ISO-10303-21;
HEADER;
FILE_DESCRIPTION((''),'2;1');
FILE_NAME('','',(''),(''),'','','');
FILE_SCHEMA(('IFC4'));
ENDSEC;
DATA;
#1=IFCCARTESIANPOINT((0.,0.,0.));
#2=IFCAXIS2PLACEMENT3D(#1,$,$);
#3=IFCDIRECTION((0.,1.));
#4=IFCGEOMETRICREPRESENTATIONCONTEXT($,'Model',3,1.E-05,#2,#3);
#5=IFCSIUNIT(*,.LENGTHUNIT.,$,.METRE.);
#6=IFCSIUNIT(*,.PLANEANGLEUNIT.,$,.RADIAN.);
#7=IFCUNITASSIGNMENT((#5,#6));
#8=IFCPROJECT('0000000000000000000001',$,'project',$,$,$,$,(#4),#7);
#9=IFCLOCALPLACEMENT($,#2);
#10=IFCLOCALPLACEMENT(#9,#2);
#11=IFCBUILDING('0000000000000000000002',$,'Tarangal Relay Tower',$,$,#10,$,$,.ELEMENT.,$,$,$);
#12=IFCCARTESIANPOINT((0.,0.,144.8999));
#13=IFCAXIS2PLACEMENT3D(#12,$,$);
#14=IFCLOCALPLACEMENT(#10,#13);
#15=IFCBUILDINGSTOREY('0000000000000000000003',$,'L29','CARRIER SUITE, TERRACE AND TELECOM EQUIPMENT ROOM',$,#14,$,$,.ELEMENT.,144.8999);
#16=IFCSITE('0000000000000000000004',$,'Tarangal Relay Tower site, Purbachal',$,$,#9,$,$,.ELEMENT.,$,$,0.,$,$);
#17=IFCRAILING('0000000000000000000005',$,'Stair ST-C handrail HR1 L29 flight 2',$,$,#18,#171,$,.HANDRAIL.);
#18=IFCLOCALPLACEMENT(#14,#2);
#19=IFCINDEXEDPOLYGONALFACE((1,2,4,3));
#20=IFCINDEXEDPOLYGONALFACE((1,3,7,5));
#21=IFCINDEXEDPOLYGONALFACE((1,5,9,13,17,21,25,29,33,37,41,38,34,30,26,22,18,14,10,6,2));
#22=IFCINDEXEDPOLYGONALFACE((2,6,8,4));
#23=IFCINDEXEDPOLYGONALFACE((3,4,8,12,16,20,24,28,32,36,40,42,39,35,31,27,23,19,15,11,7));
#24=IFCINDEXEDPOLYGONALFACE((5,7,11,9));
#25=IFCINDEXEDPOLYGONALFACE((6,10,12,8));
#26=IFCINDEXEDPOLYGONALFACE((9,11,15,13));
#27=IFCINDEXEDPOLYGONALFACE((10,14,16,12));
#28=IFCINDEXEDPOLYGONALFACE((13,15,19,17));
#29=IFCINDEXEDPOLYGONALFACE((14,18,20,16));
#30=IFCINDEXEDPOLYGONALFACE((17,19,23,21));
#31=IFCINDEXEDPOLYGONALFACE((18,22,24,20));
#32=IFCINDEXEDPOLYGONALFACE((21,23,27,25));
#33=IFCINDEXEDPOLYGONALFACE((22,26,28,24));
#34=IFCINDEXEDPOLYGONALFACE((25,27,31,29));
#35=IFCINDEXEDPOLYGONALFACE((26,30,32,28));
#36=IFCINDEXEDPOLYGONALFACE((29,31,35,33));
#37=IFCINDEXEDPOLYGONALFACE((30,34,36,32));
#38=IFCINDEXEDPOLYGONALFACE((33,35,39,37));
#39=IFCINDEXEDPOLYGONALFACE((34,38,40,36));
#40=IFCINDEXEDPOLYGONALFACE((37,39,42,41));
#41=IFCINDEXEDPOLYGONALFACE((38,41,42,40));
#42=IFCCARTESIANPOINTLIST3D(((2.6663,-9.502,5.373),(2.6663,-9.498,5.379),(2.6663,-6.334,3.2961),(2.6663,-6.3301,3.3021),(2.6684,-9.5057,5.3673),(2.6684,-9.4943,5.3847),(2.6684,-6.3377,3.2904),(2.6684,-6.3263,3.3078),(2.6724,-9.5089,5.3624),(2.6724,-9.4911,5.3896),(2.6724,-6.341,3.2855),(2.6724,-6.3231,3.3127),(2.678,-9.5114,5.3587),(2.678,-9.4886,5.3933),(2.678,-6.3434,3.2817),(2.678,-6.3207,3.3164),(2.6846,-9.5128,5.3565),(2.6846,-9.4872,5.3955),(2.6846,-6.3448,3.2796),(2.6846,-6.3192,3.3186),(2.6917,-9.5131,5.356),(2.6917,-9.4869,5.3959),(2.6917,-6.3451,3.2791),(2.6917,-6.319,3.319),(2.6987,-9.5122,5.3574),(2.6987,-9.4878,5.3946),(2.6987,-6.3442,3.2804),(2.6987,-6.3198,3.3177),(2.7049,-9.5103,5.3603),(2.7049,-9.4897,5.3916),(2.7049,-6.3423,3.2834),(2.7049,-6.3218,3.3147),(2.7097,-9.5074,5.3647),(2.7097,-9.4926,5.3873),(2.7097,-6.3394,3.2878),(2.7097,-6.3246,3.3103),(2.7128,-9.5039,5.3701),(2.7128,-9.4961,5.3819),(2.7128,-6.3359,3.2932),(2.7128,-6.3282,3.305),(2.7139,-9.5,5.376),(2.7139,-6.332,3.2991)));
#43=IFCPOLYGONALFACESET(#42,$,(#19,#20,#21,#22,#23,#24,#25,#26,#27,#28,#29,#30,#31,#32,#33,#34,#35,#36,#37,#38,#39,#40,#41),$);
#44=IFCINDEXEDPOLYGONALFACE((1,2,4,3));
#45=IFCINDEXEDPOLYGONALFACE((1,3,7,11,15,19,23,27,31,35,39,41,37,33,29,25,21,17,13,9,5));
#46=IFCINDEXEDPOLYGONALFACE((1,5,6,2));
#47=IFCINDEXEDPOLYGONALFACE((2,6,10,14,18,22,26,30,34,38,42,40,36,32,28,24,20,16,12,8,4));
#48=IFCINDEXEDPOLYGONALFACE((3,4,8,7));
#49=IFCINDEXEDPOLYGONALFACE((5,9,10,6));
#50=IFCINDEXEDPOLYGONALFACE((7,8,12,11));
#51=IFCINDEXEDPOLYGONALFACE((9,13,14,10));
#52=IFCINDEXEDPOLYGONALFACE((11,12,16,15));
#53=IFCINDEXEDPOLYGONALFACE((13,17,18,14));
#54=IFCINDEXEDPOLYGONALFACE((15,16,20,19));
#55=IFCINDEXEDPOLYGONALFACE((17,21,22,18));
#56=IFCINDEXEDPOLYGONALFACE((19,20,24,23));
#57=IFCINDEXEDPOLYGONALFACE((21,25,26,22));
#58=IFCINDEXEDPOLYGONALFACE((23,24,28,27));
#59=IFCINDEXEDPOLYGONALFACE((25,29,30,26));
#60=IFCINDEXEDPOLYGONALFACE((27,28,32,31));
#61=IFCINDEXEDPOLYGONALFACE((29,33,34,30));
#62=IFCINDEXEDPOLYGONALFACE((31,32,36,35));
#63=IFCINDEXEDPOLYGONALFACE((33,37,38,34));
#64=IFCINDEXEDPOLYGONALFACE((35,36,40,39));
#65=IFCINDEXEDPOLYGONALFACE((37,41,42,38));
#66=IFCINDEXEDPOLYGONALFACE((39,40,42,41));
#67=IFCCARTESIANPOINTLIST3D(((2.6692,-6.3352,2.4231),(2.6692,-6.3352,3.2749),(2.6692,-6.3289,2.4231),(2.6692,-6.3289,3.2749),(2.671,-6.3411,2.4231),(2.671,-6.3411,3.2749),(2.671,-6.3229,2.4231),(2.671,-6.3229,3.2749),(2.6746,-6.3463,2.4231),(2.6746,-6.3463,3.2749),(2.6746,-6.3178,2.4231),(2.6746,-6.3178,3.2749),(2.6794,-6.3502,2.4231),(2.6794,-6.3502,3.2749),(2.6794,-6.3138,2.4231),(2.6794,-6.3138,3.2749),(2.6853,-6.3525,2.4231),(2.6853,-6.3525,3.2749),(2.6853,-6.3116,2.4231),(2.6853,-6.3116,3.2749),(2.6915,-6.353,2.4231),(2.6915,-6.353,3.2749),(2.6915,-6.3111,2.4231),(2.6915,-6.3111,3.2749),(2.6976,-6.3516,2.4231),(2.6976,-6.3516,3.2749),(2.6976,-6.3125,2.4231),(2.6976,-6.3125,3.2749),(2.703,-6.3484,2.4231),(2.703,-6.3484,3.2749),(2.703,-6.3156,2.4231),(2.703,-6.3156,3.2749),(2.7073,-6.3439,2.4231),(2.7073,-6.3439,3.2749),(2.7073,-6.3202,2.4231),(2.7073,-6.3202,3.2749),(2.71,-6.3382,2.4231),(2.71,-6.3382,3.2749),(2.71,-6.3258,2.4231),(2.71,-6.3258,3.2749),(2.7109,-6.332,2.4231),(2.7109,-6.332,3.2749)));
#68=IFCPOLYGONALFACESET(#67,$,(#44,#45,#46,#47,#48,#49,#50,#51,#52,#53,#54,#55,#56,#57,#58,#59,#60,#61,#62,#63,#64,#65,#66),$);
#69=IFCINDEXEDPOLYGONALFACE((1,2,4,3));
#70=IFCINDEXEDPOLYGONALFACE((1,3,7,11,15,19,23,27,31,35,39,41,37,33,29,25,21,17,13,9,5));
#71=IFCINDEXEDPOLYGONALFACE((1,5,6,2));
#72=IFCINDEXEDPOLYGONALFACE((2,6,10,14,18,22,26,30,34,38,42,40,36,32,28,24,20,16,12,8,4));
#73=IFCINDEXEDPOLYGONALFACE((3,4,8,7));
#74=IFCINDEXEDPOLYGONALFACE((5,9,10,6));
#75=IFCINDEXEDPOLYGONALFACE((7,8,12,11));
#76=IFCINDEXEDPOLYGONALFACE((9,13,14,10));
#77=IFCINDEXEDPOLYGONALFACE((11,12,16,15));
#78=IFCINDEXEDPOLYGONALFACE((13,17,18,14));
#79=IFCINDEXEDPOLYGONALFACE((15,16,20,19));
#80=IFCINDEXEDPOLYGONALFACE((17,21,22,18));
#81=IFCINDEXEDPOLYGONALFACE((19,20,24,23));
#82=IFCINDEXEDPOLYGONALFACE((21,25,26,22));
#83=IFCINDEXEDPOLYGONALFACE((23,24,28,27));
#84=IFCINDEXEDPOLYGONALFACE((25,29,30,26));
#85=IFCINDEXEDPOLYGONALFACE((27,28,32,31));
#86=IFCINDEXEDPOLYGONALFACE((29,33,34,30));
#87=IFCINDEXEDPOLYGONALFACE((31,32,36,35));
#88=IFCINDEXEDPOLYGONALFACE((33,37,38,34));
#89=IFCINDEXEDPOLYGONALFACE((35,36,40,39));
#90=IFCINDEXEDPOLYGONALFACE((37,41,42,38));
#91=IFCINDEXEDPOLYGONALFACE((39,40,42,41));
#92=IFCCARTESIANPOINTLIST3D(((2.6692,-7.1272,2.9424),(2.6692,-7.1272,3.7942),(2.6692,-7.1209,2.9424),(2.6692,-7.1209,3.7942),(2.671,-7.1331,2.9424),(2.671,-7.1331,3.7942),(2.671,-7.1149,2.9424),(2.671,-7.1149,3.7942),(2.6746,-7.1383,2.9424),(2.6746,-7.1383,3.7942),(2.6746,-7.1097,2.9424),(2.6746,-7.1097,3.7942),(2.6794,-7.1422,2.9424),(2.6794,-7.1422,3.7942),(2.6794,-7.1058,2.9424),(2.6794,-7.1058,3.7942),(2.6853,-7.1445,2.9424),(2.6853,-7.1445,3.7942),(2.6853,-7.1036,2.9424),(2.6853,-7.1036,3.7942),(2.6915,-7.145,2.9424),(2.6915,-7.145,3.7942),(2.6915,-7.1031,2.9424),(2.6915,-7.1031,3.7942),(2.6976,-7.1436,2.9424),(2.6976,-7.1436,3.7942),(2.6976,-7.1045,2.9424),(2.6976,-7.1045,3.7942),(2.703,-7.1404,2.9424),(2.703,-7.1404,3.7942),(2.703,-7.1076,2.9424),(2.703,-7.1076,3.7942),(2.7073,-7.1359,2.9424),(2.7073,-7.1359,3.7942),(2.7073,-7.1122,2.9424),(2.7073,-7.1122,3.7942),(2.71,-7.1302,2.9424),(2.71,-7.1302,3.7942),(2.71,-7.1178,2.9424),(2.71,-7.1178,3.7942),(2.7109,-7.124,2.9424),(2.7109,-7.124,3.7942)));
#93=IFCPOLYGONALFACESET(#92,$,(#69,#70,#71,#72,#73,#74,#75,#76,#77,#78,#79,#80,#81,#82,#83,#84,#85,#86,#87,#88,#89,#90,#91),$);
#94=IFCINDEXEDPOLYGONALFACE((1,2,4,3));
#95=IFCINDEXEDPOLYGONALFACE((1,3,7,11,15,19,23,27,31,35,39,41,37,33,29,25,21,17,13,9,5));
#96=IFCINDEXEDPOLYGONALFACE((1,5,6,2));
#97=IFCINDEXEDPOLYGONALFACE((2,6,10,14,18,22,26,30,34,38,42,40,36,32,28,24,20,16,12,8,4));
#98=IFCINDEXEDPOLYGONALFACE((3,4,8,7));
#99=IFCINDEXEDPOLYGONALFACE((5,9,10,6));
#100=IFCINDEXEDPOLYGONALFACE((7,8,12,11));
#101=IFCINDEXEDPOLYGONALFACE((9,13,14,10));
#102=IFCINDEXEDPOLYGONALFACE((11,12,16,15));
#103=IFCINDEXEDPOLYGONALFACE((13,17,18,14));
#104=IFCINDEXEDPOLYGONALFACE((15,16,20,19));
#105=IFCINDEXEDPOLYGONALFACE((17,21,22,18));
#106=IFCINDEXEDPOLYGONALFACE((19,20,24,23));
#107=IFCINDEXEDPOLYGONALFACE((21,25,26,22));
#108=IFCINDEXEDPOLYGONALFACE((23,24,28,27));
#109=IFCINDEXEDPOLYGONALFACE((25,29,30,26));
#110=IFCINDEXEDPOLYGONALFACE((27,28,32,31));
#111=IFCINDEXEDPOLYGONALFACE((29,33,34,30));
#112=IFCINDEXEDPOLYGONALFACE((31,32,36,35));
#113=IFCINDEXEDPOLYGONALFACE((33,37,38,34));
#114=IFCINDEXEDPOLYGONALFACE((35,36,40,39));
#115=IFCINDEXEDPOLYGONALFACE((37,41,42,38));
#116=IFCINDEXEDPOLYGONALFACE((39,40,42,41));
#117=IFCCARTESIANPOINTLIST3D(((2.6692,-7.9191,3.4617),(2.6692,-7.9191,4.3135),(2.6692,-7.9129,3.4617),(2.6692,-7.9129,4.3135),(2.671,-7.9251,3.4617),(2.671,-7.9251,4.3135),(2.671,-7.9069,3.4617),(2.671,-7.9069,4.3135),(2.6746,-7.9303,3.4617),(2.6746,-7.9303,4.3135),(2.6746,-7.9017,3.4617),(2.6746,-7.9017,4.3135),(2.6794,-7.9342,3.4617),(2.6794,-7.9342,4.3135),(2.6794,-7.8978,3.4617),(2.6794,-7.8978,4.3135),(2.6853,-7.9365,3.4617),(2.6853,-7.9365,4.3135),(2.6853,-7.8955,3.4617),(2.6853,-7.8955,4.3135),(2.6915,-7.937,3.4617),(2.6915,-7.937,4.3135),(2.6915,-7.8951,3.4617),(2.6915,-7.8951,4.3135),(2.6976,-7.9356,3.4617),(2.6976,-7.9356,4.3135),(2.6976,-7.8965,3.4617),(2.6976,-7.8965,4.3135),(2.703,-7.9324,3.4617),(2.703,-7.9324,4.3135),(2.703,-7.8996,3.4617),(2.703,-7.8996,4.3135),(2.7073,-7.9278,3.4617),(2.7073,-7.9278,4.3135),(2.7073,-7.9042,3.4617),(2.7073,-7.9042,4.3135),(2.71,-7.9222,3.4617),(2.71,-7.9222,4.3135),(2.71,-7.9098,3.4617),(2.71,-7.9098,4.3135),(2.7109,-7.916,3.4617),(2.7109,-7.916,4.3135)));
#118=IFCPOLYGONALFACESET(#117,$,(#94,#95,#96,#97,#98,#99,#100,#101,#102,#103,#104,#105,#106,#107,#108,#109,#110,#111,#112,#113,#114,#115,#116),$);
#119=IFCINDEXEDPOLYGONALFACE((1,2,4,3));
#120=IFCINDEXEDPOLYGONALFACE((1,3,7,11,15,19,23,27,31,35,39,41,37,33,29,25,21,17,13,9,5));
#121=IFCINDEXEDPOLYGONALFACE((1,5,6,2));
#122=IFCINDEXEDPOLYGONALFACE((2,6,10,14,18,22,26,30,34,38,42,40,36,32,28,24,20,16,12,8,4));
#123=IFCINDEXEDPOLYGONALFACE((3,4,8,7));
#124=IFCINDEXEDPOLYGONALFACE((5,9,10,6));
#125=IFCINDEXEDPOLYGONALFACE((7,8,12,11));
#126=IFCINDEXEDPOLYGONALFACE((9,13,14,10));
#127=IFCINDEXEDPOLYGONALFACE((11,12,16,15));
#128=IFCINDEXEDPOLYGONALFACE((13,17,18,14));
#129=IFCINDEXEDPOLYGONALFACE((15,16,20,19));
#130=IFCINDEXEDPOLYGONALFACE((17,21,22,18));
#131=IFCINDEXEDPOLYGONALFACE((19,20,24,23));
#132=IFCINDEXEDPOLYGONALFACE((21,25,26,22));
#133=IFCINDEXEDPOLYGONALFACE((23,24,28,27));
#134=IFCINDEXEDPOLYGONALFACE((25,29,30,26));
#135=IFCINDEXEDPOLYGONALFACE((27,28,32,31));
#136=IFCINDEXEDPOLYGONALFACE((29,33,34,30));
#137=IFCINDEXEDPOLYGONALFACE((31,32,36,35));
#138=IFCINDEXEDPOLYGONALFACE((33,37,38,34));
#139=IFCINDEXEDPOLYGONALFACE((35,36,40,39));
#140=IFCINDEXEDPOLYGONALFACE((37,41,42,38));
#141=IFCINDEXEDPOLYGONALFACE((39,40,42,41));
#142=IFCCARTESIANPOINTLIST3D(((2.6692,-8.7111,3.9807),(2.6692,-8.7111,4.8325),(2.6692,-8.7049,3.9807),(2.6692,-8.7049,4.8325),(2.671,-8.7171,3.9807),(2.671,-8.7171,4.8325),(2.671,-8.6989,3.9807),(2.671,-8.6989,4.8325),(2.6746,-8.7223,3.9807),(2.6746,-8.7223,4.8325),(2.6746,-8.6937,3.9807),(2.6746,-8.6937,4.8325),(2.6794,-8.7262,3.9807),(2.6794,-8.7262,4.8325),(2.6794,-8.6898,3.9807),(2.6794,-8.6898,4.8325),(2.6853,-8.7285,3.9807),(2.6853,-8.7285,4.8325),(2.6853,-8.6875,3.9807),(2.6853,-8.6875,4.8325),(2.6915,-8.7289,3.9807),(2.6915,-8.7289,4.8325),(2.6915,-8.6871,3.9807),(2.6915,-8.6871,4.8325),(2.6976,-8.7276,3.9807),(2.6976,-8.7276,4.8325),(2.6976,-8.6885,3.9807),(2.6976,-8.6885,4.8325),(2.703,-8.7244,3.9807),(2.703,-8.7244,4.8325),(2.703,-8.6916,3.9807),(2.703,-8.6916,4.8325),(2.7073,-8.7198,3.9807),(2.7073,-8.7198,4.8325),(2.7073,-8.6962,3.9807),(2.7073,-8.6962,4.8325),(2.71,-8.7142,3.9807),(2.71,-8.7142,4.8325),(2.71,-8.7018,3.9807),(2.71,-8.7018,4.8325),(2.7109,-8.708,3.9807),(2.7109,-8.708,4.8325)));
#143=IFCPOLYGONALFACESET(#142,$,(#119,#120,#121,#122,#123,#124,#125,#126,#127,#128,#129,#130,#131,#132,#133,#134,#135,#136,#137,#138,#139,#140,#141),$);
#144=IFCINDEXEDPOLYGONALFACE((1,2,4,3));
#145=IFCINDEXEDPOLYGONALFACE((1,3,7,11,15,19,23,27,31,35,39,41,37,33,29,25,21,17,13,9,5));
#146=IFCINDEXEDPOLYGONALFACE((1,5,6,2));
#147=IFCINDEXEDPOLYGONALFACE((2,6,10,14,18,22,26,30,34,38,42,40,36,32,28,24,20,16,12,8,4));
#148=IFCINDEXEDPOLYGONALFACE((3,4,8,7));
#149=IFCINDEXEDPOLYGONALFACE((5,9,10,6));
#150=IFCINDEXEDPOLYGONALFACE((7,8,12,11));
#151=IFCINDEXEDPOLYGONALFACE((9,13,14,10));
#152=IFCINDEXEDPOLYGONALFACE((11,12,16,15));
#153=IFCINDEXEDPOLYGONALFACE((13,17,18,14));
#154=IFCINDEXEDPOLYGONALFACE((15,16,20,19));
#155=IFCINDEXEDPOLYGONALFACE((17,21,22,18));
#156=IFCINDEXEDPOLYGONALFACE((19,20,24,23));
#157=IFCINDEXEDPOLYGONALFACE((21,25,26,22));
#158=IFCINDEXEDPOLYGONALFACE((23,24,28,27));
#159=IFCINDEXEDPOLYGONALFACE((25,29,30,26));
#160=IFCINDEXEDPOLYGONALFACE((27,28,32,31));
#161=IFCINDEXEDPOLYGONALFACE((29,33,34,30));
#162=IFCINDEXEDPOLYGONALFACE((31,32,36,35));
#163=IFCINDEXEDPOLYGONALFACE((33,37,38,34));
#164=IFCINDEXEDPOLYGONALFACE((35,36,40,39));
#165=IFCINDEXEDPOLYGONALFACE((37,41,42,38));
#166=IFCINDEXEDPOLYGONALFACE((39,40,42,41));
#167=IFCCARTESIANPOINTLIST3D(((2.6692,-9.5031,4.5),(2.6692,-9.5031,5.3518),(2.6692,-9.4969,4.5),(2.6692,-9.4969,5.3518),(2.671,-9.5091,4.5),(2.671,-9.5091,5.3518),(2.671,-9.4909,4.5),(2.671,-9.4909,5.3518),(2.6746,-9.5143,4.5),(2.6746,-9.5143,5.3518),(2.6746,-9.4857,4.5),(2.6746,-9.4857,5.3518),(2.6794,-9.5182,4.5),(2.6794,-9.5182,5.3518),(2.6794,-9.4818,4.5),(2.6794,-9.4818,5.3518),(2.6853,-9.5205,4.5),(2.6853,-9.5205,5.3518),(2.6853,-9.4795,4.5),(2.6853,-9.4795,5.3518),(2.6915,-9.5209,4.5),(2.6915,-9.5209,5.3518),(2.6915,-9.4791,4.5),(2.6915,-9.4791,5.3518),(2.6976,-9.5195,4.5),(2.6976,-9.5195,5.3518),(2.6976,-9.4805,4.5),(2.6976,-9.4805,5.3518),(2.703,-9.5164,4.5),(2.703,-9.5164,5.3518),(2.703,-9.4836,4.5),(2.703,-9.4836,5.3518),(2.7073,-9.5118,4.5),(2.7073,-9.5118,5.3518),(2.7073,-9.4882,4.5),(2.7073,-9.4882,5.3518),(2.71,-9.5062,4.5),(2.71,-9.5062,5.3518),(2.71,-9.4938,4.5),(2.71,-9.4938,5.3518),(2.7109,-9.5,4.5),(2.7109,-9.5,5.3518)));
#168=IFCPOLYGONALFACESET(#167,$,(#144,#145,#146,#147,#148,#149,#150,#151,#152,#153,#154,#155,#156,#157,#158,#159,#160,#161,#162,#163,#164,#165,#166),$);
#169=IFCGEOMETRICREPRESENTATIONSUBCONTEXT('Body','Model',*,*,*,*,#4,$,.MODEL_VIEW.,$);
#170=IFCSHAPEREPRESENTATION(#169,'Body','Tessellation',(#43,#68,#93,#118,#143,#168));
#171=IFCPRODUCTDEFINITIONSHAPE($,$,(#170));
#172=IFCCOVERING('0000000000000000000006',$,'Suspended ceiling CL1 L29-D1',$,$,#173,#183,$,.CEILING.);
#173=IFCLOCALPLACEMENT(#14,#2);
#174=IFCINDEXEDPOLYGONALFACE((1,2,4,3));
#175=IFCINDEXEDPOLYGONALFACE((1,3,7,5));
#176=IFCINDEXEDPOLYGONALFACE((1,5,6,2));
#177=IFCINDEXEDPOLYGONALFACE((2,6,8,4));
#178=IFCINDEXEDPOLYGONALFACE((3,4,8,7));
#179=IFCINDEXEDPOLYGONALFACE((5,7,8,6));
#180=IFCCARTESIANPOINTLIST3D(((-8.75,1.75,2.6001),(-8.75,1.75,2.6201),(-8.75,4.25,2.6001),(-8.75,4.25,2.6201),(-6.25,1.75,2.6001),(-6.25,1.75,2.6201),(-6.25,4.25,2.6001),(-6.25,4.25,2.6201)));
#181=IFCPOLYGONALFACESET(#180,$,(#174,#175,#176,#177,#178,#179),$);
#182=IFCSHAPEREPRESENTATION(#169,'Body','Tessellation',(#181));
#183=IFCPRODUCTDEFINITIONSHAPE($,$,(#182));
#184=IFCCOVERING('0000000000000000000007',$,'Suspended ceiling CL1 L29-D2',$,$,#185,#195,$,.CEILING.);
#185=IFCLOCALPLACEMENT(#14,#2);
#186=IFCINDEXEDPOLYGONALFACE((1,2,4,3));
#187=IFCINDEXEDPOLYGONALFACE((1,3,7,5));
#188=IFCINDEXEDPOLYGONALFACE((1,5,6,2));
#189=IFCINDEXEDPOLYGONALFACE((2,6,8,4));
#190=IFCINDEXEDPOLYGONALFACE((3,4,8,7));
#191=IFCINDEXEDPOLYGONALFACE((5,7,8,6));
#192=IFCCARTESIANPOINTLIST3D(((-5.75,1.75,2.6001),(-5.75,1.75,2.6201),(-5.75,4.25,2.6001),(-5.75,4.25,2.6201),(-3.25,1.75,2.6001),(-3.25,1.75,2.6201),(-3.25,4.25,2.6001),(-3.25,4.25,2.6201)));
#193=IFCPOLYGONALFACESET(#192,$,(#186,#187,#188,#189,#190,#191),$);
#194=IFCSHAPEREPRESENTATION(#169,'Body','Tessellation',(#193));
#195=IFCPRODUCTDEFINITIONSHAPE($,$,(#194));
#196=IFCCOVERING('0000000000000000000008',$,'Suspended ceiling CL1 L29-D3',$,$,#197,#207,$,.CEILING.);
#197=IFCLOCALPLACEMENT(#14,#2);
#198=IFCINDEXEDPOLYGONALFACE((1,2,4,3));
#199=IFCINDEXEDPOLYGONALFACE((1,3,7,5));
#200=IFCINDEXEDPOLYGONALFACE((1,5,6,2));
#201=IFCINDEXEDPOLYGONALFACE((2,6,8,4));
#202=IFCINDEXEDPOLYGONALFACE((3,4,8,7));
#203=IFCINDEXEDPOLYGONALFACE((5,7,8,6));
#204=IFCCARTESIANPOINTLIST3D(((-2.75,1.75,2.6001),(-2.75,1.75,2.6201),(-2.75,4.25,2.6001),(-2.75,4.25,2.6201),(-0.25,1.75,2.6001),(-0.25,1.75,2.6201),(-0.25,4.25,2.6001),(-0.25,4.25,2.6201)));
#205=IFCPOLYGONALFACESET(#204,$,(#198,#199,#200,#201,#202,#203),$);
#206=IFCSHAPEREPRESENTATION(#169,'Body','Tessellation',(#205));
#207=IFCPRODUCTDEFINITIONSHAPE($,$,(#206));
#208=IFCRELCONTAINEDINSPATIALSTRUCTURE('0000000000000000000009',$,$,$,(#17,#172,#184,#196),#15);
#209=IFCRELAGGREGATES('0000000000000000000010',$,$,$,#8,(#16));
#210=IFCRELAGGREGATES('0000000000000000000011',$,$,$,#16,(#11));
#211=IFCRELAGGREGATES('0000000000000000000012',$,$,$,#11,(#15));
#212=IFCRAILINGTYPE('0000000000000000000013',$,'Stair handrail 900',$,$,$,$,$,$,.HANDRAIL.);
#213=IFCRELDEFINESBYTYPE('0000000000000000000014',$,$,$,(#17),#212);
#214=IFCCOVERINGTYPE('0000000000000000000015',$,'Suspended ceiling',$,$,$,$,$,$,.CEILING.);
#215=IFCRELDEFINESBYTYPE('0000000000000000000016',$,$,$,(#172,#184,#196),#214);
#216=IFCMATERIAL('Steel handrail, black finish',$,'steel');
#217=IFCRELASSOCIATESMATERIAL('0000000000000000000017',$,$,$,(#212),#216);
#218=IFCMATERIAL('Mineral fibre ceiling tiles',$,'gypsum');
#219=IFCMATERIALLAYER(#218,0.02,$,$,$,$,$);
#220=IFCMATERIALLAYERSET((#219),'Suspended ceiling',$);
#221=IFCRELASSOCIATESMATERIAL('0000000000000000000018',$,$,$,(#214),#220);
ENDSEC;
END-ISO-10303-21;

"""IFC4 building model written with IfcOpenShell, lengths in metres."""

from ifc_helpers import new_model, si_unit, direction, frame, origin, origin_2d, place, context, subcontext, project, spatial, polyline, circle, outline, extrude, material, layer, layer_set, type_object, element, save


model = new_model("IFC4")

# Units and contexts
model_context = context("Model", 3, precision=1e-05, world=origin(), true_north=direction((0.0, 1.0)))
body_context = subcontext(model_context, "Body", "Model", "MODEL_VIEW")
ifc_project = project(units=[si_unit("LENGTHUNIT", "METRE"), si_unit("PLANEANGLEUNIT", "RADIAN")], contexts=[model_context])

# Site, building, storey
site_placement = place(None, origin())
site = spatial("IfcSite", under=ifc_project, at=site_placement, Name="Tarangal Relay Tower site, Purbachal", CompositionType="ELEMENT", RefElevation=0.0)
building_placement = place(site_placement, origin())
building = spatial("IfcBuilding", under=site, at=building_placement, Name="Tarangal Relay Tower", CompositionType="ELEMENT")
storey_placement = place(building_placement, frame((0.0, 0.0, 144.8999)))
storey = spatial("IfcBuildingStorey", under=building, at=storey_placement, Name="L29", Description="CARRIER SUITE, TERRACE AND TELECOM EQUIPMENT ROOM", CompositionType="ELEMENT", Elevation=144.8999)

# Railing
ifc_material_1 = material(Name="Steel handrail, black finish", Category="steel")
railing_type_1 = type_object("IfcRailingType", Name="Stair handrail 900", PredefinedType="HANDRAIL", material=ifc_material_1)
railing_1_placement = place(storey_placement, frame((2.6899, -6.332, 2.4231)))
element("IfcRailing", 1, at=railing_1_placement, inside=storey, type_object=railing_type_1, Name="Stair ST-C handrail HR1 L29 flight 2", PredefinedType="HANDRAIL", context=body_context, shape_type="SweptSolid", body=[
    extrude(circle(Radius=0.0239, at=origin_2d()), frame((0.0, 0.0, 0.876), z_axis=(0.0, -0.836299, 0.548273), x_axis=(1.0, 0.0, 0.0)), (0.0, 0.0, 1.0), 3.7881),
    extrude(circle(Radius=0.021, at=origin_2d()), origin(), (0.0, 0.0, 1.0), 0.8518),
    extrude(circle(Radius=0.021, at=origin_2d()), frame((0.0, -0.792, 0.5193)), (0.0, 0.0, 1.0), 0.8518),
    extrude(circle(Radius=0.021, at=origin_2d()), frame((0.0, -1.584, 1.0386)), (0.0, 0.0, 1.0), 0.8518),
    extrude(circle(Radius=0.021, at=origin_2d()), frame((0.0, -2.376, 1.5576)), (0.0, 0.0, 1.0), 0.8518),
    extrude(circle(Radius=0.021, at=origin_2d()), frame((0.0, -3.168, 2.0769)), (0.0, 0.0, 1.0), 0.8518),
])

# Coverings
ifc_material_2 = material(Name="Mineral fibre ceiling tiles", Category="gypsum")
ifc_layer_1 = layer(ifc_material_2, 0.02)
ifc_layer_set_1 = layer_set([ifc_layer_1], Name="Suspended ceiling")
covering_type_1 = type_object("IfcCoveringType", Name="Suspended ceiling", PredefinedType="CEILING", material=ifc_layer_set_1)
covering_1_placement = place(storey_placement, frame((0.0, 0.0, 2.6001)))
element("IfcCovering", 2, at=covering_1_placement, inside=storey, type_object=covering_type_1, Name="Suspended ceiling CL1 L29-D1", PredefinedType="CEILING", context=body_context, shape_type="SweptSolid", body=[
    extrude(outline(polyline([(-8.75, 1.75), (-6.25, 1.75), (-6.25, 4.25), (-8.75, 4.25), (-8.75, 1.75)])), origin(), (0.0, 0.0, 1.0), 0.02),
])
covering_2_placement = place(storey_placement, frame((0.0, 0.0, 2.6001)))
element("IfcCovering", 3, at=covering_2_placement, inside=storey, type_object=covering_type_1, Name="Suspended ceiling CL1 L29-D2", PredefinedType="CEILING", context=body_context, shape_type="SweptSolid", body=[
    extrude(outline(polyline([(-5.75, 1.75), (-3.25, 1.75), (-3.25, 4.25), (-5.75, 4.25), (-5.75, 1.75)])), origin(), (0.0, 0.0, 1.0), 0.02),
])
covering_3_placement = place(storey_placement, frame((0.0, 0.0, 2.6001)))
element("IfcCovering", 4, at=covering_3_placement, inside=storey, type_object=covering_type_1, Name="Suspended ceiling CL1 L29-D3", PredefinedType="CEILING", context=body_context, shape_type="SweptSolid", body=[
    extrude(outline(polyline([(-2.75, 1.75), (-0.25, 1.75), (-0.25, 4.25), (-2.75, 4.25), (-2.75, 1.75)])), origin(), (0.0, 0.0, 1.0), 0.02),
])

save(model, "model.ifc")
